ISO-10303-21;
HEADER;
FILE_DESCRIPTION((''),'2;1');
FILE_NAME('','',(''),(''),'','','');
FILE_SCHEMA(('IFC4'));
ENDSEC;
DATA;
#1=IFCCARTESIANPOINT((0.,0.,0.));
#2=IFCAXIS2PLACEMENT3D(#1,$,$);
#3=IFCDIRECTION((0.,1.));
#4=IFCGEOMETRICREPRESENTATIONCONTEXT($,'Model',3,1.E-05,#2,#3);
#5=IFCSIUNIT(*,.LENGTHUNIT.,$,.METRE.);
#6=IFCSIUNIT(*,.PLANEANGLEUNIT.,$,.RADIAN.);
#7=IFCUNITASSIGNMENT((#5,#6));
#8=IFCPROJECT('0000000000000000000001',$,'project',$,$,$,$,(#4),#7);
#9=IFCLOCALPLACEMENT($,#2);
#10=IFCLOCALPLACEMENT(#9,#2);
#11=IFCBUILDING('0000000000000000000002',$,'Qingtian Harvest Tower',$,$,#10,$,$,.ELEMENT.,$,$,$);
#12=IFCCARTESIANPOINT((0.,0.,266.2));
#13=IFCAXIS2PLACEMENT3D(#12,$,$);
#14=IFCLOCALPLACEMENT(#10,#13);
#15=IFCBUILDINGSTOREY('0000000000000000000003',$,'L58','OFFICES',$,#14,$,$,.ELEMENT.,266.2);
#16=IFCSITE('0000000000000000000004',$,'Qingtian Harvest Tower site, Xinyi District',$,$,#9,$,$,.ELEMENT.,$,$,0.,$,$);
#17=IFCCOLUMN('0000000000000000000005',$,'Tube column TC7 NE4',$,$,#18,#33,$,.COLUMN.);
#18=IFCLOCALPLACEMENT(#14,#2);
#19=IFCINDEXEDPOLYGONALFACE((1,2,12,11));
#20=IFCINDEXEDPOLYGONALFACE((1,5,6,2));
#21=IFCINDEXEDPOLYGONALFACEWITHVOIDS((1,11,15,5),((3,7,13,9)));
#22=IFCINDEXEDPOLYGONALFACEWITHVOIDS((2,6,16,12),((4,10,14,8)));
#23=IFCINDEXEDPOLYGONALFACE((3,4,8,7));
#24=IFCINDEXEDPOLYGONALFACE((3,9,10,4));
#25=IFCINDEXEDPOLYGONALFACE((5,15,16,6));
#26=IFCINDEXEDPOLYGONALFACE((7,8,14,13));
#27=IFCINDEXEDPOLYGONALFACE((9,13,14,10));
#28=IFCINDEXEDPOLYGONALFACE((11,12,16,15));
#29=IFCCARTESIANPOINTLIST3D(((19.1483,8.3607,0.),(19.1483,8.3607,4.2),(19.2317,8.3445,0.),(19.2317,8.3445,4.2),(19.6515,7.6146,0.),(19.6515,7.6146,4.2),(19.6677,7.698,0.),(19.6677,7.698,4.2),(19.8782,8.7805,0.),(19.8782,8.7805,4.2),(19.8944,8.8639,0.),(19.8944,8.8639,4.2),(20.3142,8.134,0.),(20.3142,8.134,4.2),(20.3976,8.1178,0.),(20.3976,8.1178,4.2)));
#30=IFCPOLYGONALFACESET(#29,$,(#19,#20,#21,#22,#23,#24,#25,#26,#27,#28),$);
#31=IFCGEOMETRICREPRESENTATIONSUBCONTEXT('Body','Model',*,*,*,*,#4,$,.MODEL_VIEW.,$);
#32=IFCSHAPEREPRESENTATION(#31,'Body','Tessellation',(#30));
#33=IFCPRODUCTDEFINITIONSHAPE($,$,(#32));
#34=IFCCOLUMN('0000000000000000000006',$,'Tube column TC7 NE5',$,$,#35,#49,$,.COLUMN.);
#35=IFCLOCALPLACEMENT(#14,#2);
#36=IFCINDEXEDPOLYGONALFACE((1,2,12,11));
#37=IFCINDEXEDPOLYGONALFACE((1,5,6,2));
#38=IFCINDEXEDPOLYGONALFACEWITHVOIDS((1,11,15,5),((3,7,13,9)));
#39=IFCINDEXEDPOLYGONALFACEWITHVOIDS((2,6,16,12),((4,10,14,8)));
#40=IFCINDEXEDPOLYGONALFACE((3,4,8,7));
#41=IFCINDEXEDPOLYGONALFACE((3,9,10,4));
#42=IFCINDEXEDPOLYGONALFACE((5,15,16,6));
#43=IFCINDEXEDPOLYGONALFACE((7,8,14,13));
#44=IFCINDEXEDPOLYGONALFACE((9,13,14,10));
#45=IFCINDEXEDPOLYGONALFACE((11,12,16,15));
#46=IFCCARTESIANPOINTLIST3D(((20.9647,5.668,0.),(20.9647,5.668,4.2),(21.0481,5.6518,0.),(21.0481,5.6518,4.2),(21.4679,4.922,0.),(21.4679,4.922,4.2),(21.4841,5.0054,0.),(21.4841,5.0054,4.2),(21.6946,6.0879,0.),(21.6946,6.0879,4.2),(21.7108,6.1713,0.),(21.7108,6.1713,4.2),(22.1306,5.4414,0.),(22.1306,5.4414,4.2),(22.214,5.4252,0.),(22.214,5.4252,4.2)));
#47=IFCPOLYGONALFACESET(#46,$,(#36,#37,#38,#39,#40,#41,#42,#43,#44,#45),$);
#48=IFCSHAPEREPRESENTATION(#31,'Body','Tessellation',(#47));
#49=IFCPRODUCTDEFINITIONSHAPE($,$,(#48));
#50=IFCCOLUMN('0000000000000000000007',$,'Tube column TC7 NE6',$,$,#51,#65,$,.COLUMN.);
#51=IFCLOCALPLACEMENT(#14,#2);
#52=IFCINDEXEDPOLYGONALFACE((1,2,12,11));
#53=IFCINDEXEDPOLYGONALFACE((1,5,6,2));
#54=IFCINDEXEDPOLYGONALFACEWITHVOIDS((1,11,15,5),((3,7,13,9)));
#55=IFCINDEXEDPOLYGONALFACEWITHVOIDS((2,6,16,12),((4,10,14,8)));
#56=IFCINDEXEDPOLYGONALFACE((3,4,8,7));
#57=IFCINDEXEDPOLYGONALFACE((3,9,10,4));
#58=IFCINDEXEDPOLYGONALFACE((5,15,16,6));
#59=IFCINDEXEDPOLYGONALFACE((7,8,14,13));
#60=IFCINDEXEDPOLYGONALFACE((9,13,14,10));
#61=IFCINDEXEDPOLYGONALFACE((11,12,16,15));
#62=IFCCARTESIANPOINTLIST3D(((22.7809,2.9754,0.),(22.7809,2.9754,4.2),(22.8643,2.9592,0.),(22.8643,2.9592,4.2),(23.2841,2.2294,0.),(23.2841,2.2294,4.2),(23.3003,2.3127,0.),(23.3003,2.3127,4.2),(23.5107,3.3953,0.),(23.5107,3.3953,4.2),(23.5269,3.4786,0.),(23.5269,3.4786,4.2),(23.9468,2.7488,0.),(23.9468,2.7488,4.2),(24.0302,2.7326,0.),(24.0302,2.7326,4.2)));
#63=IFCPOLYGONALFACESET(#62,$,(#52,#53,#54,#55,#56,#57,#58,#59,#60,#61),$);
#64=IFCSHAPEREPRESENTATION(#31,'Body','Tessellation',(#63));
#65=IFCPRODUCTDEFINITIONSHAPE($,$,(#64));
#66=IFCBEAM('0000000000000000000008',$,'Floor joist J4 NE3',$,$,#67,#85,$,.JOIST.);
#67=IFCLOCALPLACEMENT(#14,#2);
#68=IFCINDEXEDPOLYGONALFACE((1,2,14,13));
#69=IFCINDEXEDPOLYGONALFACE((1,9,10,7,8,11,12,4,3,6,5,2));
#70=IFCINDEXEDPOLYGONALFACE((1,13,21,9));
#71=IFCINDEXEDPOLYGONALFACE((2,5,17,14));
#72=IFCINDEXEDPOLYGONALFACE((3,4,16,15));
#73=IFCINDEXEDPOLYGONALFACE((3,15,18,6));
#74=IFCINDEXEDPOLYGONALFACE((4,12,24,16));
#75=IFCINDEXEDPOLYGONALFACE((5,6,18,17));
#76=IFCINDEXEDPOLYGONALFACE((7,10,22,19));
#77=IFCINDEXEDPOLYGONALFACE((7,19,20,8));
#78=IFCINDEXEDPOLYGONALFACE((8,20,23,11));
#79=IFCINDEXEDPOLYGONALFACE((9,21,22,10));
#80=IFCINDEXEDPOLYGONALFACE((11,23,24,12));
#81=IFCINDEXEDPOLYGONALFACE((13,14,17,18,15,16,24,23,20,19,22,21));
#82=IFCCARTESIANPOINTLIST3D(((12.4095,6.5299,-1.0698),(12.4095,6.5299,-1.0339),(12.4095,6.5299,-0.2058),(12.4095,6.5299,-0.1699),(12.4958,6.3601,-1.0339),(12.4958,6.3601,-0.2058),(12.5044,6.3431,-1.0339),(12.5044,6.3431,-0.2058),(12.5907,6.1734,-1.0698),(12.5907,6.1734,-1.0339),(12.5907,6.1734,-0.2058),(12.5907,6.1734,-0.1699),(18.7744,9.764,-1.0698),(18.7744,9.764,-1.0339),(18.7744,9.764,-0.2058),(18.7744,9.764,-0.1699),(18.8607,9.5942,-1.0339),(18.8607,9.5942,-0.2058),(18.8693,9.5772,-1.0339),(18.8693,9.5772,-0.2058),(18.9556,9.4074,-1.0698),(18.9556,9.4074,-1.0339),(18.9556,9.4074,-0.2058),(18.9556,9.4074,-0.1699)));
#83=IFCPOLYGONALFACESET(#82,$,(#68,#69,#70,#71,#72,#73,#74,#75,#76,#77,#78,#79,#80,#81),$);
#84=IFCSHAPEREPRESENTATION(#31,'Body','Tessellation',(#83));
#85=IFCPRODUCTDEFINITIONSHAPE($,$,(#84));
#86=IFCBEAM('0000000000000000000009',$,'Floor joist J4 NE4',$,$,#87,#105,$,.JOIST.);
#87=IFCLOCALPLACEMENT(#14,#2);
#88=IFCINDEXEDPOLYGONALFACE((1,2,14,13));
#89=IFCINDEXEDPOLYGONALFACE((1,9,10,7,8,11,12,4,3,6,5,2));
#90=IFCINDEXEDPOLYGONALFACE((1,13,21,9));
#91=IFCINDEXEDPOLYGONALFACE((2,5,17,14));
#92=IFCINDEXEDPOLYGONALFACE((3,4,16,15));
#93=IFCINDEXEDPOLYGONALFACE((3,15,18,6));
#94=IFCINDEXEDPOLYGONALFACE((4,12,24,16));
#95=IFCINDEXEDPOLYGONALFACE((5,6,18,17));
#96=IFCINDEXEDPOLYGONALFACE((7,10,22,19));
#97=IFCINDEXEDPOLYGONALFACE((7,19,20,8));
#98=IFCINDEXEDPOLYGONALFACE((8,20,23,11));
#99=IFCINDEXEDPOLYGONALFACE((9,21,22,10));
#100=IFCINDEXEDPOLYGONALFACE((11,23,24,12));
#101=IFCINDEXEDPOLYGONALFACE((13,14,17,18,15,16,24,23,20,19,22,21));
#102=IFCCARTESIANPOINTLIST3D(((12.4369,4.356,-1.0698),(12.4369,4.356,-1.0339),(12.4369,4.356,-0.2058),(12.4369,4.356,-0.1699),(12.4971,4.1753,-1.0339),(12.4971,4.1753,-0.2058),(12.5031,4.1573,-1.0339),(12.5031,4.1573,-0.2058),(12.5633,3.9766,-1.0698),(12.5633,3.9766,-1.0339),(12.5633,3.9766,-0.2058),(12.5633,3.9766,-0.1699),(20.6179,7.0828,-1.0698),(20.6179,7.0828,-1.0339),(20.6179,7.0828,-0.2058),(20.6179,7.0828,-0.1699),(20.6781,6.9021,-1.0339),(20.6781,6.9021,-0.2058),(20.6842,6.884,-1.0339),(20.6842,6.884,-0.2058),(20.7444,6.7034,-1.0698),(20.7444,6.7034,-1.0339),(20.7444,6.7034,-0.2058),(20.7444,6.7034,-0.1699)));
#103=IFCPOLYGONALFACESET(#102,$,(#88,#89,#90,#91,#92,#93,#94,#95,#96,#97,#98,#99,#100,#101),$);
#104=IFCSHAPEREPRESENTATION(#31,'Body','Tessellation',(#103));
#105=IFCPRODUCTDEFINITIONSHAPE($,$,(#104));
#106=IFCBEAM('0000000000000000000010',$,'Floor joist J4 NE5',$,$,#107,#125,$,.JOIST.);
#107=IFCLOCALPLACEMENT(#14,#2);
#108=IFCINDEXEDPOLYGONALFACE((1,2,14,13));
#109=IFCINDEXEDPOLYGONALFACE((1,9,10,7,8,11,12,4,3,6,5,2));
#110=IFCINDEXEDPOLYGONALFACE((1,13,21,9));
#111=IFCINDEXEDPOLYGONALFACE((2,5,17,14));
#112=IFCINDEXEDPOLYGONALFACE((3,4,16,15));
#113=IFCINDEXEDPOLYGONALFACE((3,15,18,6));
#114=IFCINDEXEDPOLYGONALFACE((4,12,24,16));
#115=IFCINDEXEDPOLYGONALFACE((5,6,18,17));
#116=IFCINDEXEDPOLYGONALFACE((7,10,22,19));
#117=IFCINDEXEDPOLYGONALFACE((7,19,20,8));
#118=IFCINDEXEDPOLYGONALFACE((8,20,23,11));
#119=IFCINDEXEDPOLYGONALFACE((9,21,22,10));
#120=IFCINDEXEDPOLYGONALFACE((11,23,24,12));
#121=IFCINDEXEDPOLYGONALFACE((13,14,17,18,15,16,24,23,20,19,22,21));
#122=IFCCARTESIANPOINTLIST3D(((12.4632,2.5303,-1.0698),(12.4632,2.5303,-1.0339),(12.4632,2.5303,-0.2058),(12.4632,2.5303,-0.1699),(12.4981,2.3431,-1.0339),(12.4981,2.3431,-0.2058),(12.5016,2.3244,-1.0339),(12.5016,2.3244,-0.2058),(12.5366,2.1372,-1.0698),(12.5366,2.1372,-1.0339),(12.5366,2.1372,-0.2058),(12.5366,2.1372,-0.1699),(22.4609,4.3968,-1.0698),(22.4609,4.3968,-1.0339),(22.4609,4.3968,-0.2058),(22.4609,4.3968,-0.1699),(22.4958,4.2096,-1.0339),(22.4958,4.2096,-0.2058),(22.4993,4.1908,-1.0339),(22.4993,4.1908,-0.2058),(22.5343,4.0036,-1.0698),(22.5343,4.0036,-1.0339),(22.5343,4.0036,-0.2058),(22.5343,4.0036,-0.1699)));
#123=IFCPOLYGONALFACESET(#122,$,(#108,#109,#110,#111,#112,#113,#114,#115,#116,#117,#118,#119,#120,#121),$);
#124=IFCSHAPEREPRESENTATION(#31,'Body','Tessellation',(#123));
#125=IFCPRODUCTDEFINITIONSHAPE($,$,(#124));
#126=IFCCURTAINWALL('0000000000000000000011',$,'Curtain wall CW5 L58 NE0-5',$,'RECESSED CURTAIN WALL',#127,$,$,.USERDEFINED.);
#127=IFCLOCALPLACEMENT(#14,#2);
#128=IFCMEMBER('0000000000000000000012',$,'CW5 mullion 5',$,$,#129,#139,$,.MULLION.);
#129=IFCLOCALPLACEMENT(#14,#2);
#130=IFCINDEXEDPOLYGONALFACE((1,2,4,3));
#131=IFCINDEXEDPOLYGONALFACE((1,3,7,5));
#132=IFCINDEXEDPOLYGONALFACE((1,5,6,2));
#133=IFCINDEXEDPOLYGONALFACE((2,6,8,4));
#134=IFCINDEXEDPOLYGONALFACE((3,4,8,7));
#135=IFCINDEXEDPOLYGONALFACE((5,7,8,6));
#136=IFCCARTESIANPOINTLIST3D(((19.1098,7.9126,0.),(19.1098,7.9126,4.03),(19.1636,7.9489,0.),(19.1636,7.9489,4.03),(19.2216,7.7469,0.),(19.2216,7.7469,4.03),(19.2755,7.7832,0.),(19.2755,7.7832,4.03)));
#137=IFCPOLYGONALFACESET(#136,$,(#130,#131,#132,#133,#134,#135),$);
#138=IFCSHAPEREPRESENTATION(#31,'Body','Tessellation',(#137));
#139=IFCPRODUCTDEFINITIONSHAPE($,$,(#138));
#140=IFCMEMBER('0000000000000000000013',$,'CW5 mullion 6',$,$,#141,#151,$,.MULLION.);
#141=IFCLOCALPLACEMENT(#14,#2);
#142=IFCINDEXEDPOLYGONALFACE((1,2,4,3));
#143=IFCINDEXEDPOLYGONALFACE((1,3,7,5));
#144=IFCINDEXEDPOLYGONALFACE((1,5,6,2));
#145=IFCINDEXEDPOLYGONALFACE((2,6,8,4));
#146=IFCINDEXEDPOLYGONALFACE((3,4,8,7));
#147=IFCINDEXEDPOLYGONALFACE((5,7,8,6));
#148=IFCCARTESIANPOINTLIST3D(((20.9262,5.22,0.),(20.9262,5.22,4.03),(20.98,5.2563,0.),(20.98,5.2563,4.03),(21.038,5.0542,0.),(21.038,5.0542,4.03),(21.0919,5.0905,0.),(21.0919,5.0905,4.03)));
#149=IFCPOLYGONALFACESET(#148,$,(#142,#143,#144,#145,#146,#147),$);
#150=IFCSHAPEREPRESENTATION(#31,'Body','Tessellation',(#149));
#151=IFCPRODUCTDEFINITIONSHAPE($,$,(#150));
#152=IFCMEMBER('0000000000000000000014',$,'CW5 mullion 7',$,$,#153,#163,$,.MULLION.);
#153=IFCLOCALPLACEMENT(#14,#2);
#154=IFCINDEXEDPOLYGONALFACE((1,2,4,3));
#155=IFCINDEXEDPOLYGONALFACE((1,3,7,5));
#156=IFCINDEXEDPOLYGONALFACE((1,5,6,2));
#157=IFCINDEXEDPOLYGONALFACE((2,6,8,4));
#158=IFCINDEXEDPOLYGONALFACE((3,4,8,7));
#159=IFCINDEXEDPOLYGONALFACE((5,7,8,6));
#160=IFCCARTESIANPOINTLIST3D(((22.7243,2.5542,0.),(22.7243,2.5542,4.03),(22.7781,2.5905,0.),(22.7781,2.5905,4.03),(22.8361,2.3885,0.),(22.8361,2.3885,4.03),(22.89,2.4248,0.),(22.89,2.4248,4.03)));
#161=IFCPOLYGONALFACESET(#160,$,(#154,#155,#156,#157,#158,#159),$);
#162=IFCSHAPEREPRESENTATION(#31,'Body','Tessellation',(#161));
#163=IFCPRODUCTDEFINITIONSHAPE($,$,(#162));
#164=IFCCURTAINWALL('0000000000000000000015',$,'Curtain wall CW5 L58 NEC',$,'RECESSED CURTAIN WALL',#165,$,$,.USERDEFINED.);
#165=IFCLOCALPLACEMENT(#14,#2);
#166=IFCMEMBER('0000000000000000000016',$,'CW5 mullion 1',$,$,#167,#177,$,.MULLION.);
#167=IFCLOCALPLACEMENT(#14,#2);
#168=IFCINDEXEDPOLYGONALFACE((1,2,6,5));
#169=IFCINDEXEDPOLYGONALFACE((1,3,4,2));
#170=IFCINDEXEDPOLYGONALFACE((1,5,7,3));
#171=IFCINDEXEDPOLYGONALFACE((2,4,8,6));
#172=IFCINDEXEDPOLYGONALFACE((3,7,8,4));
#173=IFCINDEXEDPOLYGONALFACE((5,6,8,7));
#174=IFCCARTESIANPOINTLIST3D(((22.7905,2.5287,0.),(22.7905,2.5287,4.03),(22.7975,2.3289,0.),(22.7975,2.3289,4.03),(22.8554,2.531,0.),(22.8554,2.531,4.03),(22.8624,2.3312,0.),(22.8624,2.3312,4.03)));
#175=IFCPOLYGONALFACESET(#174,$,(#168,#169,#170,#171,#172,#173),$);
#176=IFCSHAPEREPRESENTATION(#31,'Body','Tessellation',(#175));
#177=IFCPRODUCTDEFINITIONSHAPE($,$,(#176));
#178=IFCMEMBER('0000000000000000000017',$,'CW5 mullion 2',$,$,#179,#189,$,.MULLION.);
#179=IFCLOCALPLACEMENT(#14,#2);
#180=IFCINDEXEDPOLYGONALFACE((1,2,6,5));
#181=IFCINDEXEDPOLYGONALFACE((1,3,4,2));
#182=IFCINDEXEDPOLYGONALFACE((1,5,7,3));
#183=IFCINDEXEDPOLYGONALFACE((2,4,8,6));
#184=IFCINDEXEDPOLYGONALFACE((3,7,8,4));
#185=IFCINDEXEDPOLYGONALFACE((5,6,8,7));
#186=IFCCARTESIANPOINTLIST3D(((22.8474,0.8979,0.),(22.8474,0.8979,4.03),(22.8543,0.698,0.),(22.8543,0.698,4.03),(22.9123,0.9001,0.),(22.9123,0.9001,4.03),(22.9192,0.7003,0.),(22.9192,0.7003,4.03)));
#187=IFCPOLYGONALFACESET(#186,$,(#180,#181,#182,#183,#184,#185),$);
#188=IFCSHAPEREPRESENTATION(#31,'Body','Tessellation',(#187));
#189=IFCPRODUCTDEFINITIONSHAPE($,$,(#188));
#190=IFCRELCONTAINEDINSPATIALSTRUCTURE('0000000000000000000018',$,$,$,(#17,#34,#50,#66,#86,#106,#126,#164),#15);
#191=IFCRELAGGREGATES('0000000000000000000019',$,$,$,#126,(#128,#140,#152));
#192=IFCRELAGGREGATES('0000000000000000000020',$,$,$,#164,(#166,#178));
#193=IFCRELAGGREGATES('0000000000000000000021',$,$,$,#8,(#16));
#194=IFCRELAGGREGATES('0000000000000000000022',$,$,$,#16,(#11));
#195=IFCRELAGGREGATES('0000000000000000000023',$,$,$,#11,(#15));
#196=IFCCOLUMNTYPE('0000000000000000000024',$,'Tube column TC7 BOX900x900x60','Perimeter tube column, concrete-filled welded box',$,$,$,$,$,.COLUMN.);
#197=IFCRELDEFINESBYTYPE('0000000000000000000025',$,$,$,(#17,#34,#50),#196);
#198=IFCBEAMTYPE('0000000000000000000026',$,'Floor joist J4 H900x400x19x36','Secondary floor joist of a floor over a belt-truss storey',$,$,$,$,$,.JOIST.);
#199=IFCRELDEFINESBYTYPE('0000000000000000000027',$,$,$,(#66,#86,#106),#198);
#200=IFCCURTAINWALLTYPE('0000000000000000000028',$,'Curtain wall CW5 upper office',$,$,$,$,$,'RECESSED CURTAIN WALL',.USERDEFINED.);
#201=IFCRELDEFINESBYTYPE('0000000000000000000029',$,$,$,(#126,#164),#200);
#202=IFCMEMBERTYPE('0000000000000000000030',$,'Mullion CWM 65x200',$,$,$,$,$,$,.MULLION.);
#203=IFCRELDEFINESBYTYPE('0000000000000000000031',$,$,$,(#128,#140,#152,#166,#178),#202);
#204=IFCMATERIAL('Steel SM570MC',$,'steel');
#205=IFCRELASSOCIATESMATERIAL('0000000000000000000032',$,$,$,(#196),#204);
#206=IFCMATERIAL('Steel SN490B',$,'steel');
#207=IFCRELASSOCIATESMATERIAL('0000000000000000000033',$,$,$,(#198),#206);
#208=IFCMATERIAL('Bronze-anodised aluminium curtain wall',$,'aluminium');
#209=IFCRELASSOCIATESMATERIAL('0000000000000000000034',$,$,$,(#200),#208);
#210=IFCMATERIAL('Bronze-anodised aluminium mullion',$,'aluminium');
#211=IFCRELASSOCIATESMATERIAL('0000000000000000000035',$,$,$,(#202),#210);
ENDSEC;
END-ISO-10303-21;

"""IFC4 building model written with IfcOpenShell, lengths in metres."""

from ifc_helpers import new_model, si_unit, direction, frame, origin, origin_2d, place, context, subcontext, project, spatial, rectangle, hollow_rectangle, i_section, extrude, material, material_profile, profile_set, type_object, element, aggregate, save


model = new_model("IFC4")

# Units and contexts
model_context = context("Model", 3, precision=1e-05, world=origin(), true_north=direction((0.0, 1.0)))
body_context = subcontext(model_context, "Body", "Model", "MODEL_VIEW")
ifc_project = project(units=[si_unit("LENGTHUNIT", "METRE"), si_unit("PLANEANGLEUNIT", "RADIAN")], contexts=[model_context])

# Site, building, storey
site_placement = place(None, origin())
site = spatial("IfcSite", under=ifc_project, at=site_placement, Name="Qingtian Harvest Tower site, Xinyi District", CompositionType="ELEMENT", RefElevation=0.0)
building_placement = place(site_placement, origin())
building = spatial("IfcBuilding", under=site, at=building_placement, Name="Qingtian Harvest Tower", CompositionType="ELEMENT")
storey_placement = place(building_placement, frame((0.0, 0.0, 266.2)))
storey = spatial("IfcBuildingStorey", under=building, at=storey_placement, Name="L58", Description="OFFICES", CompositionType="ELEMENT", Elevation=266.2)

# Columns
ifc_material_1 = material(Name="Steel SM570MC", Category="steel")
ifc_material_profile_1 = material_profile(ifc_material_1, hollow_rectangle(XDim=0.8999, YDim=0.8999, WallThickness=0.0601, at=origin_2d()), Name="BOX900x900x60")
ifc_profile_set_1 = profile_set([ifc_material_profile_1], Name="Steel SM570MC")
column_type = type_object("IfcColumnType", Name="Tube column TC7 BOX900x900x60", Description="Perimeter tube column, concrete-filled welded box", PredefinedType="COLUMN", material=ifc_profile_set_1)
for number, where, z_axis, x_axis, name in (
    (1, (19.7729, 8.2393, 0.0), (0.0, 0.0, 1.0), (-0.559193, 0.829038, 0.0), "Tube column TC7 NE4"),
    (2, (21.5894, 5.5466, 0.0), (0.0, 0.0, 1.0), (-0.559193, 0.829038, 0.0), "Tube column TC7 NE5"),
    (3, (23.4055, 2.854, 0.0), (0.0, 0.0, 1.0), (-0.559193, 0.829038, 0.0), "Tube column TC7 NE6"),
):
    element("IfcColumn", number, at=place(storey_placement, frame(where, z_axis=z_axis, x_axis=x_axis)), inside=storey, type_object=column_type, Name=name, PredefinedType="COLUMN", context=body_context, shape_type="SweptSolid", body=[
        extrude(hollow_rectangle(XDim=0.8999, YDim=0.8999, WallThickness=0.0601, at=origin_2d()), origin(), (0.0, 0.0, 1.0), 4.2),
    ])

# Beams
ifc_material_2 = material(Name="Steel SN490B", Category="steel")
ifc_material_profile_2 = material_profile(ifc_material_2, i_section(OverallWidth=0.3999, OverallDepth=0.8999, WebThickness=0.019, FlangeThickness=0.0359, at=origin_2d()), Name="H900x400x19x36")
ifc_profile_set_2 = profile_set([ifc_material_profile_2], Name="Steel SN490B")
beam_type_1 = type_object("IfcBeamType", Name="Floor joist J4 H900x400x19x36", Description="Secondary floor joist of a floor over a belt-truss storey", PredefinedType="JOIST", material=ifc_profile_set_2)
beam_1_placement = place(storey_placement, frame((18.865, 9.5857, -0.6199), z_axis=(-0.891516, -0.45299, 0.0), x_axis=(0.45299, -0.891516, 0.0)))
element("IfcBeam", 4, at=beam_1_placement, inside=storey, type_object=beam_type_1, Name="Floor joist J4 NE3", PredefinedType="JOIST", context=body_context, shape_type="SweptSolid", body=[
    extrude(i_section(OverallWidth=0.3999, OverallDepth=0.8999, WebThickness=0.019, FlangeThickness=0.0359, at=origin_2d()), origin(), (0.0, 0.0, 1.0), 7.1394),
])
beam_2_placement = place(storey_placement, frame((20.6812, 6.8931, -0.6199), z_axis=(-0.948692, -0.316202, 0.0), x_axis=(0.316202, -0.948692, 0.0)))
element("IfcBeam", 5, at=beam_2_placement, inside=storey, type_object=beam_type_1, Name="Floor joist J4 NE4", PredefinedType="JOIST", context=body_context, shape_type="SweptSolid", body=[
    extrude(i_section(OverallWidth=0.3999, OverallDepth=0.8999, WebThickness=0.019, FlangeThickness=0.0359, at=origin_2d()), origin(), (0.0, 0.0, 1.0), 8.6235),
])
beam_3_placement = place(storey_placement, frame((22.4976, 4.2002, -0.6199), z_axis=(-0.983016, -0.18352, 0.0), x_axis=(0.18352, -0.983016, 0.0)))
element("IfcBeam", 6, at=beam_3_placement, inside=storey, type_object=beam_type_1, Name="Floor joist J4 NE5", PredefinedType="JOIST", context=body_context, shape_type="SweptSolid", body=[
    extrude(i_section(OverallWidth=0.3999, OverallDepth=0.8999, WebThickness=0.019, FlangeThickness=0.0359, at=origin_2d()), origin(), (0.0, 0.0, 1.0), 10.1704),
])

# Curtain walls, members
ifc_material_3 = material(Name="Bronze-anodised aluminium curtain wall", Category="aluminium")
curtain_wall_type = type_object("IfcCurtainWallType", Name="Curtain wall CW5 upper office", ElementType="RECESSED CURTAIN WALL", PredefinedType="USERDEFINED", material=ifc_material_3)
curtain_wall_1_placement = place(storey_placement, origin())
curtain_wall_1 = element("IfcCurtainWall", 7, at=curtain_wall_1_placement, inside=storey, type_object=curtain_wall_type, Name="Curtain wall CW5 L58 NE0-5", ObjectType="RECESSED CURTAIN WALL", PredefinedType="USERDEFINED")
ifc_material_4 = material(Name="Bronze-anodised aluminium mullion", Category="aluminium")
ifc_material_profile_3 = material_profile(ifc_material_4, rectangle(XDim=0.0649, YDim=0.2, at=origin_2d()), Name="AL 65x200")
ifc_profile_set_3 = profile_set([ifc_material_profile_3], Name="Bronze-anodised aluminium mullion")
member_type_1 = type_object("IfcMemberType", Name="Mullion CWM 65x200", PredefinedType="MULLION", material=ifc_profile_set_3)
member_1_placement = place(storey_placement, frame((19.1926, 7.8479, 0.0), z_axis=(0.0, 0.0, 1.0), x_axis=(0.829038, 0.559193, 0.0)))
member_1 = element("IfcMember", 8, at=member_1_placement, type_object=member_type_1, Name="CW5 mullion 5", PredefinedType="MULLION", context=body_context, shape_type="SweptSolid", body=[
    extrude(rectangle(XDim=0.0649, YDim=0.2, at=origin_2d()), origin(), (0.0, 0.0, 1.0), 4.03),
])
member_2_placement = place(storey_placement, frame((21.009, 5.1553, 0.0), z_axis=(0.0, 0.0, 1.0), x_axis=(0.829038, 0.559193, 0.0)))
member_2 = element("IfcMember", 9, at=member_2_placement, type_object=member_type_1, Name="CW5 mullion 6", PredefinedType="MULLION", context=body_context, shape_type="SweptSolid", body=[
    extrude(rectangle(XDim=0.0649, YDim=0.2, at=origin_2d()), origin(), (0.0, 0.0, 1.0), 4.03),
])
member_3_placement = place(storey_placement, frame((22.8071, 2.4895, 0.0), z_axis=(0.0, 0.0, 1.0), x_axis=(0.829038, 0.559193, 0.0)))
member_3 = element("IfcMember", 10, at=member_3_placement, type_object=member_type_1, Name="CW5 mullion 7", PredefinedType="MULLION", context=body_context, shape_type="SweptSolid", body=[
    extrude(rectangle(XDim=0.0649, YDim=0.2, at=origin_2d()), origin(), (0.0, 0.0, 1.0), 4.03),
])
curtain_wall_2_placement = place(storey_placement, origin())
curtain_wall_2 = element("IfcCurtainWall", 11, at=curtain_wall_2_placement, inside=storey, type_object=curtain_wall_type, Name="Curtain wall CW5 L58 NEC", ObjectType="RECESSED CURTAIN WALL", PredefinedType="USERDEFINED")
member_4_placement = place(storey_placement, frame((22.8264, 2.4299, 0.0), z_axis=(0.0, 0.0, 1.0), x_axis=(0.999391, 0.034899, 0.0)))
member_4 = element("IfcMember", 12, at=member_4_placement, type_object=member_type_1, Name="CW5 mullion 1", PredefinedType="MULLION", context=body_context, shape_type="SweptSolid", body=[
    extrude(rectangle(XDim=0.0649, YDim=0.2, at=origin_2d()), origin(), (0.0, 0.0, 1.0), 4.03),
])
member_5_placement = place(storey_placement, frame((22.8833, 0.7991, 0.0), z_axis=(0.0, 0.0, 1.0), x_axis=(0.999391, 0.034899, 0.0)))
member_5 = element("IfcMember", 13, at=member_5_placement, type_object=member_type_1, Name="CW5 mullion 2", PredefinedType="MULLION", context=body_context, shape_type="SweptSolid", body=[
    extrude(rectangle(XDim=0.0649, YDim=0.2, at=origin_2d()), origin(), (0.0, 0.0, 1.0), 4.03),
])

aggregate(curtain_wall_1, [member_1, member_2, member_3])
aggregate(curtain_wall_2, [member_4, member_5])

save(model, "model.ifc")
